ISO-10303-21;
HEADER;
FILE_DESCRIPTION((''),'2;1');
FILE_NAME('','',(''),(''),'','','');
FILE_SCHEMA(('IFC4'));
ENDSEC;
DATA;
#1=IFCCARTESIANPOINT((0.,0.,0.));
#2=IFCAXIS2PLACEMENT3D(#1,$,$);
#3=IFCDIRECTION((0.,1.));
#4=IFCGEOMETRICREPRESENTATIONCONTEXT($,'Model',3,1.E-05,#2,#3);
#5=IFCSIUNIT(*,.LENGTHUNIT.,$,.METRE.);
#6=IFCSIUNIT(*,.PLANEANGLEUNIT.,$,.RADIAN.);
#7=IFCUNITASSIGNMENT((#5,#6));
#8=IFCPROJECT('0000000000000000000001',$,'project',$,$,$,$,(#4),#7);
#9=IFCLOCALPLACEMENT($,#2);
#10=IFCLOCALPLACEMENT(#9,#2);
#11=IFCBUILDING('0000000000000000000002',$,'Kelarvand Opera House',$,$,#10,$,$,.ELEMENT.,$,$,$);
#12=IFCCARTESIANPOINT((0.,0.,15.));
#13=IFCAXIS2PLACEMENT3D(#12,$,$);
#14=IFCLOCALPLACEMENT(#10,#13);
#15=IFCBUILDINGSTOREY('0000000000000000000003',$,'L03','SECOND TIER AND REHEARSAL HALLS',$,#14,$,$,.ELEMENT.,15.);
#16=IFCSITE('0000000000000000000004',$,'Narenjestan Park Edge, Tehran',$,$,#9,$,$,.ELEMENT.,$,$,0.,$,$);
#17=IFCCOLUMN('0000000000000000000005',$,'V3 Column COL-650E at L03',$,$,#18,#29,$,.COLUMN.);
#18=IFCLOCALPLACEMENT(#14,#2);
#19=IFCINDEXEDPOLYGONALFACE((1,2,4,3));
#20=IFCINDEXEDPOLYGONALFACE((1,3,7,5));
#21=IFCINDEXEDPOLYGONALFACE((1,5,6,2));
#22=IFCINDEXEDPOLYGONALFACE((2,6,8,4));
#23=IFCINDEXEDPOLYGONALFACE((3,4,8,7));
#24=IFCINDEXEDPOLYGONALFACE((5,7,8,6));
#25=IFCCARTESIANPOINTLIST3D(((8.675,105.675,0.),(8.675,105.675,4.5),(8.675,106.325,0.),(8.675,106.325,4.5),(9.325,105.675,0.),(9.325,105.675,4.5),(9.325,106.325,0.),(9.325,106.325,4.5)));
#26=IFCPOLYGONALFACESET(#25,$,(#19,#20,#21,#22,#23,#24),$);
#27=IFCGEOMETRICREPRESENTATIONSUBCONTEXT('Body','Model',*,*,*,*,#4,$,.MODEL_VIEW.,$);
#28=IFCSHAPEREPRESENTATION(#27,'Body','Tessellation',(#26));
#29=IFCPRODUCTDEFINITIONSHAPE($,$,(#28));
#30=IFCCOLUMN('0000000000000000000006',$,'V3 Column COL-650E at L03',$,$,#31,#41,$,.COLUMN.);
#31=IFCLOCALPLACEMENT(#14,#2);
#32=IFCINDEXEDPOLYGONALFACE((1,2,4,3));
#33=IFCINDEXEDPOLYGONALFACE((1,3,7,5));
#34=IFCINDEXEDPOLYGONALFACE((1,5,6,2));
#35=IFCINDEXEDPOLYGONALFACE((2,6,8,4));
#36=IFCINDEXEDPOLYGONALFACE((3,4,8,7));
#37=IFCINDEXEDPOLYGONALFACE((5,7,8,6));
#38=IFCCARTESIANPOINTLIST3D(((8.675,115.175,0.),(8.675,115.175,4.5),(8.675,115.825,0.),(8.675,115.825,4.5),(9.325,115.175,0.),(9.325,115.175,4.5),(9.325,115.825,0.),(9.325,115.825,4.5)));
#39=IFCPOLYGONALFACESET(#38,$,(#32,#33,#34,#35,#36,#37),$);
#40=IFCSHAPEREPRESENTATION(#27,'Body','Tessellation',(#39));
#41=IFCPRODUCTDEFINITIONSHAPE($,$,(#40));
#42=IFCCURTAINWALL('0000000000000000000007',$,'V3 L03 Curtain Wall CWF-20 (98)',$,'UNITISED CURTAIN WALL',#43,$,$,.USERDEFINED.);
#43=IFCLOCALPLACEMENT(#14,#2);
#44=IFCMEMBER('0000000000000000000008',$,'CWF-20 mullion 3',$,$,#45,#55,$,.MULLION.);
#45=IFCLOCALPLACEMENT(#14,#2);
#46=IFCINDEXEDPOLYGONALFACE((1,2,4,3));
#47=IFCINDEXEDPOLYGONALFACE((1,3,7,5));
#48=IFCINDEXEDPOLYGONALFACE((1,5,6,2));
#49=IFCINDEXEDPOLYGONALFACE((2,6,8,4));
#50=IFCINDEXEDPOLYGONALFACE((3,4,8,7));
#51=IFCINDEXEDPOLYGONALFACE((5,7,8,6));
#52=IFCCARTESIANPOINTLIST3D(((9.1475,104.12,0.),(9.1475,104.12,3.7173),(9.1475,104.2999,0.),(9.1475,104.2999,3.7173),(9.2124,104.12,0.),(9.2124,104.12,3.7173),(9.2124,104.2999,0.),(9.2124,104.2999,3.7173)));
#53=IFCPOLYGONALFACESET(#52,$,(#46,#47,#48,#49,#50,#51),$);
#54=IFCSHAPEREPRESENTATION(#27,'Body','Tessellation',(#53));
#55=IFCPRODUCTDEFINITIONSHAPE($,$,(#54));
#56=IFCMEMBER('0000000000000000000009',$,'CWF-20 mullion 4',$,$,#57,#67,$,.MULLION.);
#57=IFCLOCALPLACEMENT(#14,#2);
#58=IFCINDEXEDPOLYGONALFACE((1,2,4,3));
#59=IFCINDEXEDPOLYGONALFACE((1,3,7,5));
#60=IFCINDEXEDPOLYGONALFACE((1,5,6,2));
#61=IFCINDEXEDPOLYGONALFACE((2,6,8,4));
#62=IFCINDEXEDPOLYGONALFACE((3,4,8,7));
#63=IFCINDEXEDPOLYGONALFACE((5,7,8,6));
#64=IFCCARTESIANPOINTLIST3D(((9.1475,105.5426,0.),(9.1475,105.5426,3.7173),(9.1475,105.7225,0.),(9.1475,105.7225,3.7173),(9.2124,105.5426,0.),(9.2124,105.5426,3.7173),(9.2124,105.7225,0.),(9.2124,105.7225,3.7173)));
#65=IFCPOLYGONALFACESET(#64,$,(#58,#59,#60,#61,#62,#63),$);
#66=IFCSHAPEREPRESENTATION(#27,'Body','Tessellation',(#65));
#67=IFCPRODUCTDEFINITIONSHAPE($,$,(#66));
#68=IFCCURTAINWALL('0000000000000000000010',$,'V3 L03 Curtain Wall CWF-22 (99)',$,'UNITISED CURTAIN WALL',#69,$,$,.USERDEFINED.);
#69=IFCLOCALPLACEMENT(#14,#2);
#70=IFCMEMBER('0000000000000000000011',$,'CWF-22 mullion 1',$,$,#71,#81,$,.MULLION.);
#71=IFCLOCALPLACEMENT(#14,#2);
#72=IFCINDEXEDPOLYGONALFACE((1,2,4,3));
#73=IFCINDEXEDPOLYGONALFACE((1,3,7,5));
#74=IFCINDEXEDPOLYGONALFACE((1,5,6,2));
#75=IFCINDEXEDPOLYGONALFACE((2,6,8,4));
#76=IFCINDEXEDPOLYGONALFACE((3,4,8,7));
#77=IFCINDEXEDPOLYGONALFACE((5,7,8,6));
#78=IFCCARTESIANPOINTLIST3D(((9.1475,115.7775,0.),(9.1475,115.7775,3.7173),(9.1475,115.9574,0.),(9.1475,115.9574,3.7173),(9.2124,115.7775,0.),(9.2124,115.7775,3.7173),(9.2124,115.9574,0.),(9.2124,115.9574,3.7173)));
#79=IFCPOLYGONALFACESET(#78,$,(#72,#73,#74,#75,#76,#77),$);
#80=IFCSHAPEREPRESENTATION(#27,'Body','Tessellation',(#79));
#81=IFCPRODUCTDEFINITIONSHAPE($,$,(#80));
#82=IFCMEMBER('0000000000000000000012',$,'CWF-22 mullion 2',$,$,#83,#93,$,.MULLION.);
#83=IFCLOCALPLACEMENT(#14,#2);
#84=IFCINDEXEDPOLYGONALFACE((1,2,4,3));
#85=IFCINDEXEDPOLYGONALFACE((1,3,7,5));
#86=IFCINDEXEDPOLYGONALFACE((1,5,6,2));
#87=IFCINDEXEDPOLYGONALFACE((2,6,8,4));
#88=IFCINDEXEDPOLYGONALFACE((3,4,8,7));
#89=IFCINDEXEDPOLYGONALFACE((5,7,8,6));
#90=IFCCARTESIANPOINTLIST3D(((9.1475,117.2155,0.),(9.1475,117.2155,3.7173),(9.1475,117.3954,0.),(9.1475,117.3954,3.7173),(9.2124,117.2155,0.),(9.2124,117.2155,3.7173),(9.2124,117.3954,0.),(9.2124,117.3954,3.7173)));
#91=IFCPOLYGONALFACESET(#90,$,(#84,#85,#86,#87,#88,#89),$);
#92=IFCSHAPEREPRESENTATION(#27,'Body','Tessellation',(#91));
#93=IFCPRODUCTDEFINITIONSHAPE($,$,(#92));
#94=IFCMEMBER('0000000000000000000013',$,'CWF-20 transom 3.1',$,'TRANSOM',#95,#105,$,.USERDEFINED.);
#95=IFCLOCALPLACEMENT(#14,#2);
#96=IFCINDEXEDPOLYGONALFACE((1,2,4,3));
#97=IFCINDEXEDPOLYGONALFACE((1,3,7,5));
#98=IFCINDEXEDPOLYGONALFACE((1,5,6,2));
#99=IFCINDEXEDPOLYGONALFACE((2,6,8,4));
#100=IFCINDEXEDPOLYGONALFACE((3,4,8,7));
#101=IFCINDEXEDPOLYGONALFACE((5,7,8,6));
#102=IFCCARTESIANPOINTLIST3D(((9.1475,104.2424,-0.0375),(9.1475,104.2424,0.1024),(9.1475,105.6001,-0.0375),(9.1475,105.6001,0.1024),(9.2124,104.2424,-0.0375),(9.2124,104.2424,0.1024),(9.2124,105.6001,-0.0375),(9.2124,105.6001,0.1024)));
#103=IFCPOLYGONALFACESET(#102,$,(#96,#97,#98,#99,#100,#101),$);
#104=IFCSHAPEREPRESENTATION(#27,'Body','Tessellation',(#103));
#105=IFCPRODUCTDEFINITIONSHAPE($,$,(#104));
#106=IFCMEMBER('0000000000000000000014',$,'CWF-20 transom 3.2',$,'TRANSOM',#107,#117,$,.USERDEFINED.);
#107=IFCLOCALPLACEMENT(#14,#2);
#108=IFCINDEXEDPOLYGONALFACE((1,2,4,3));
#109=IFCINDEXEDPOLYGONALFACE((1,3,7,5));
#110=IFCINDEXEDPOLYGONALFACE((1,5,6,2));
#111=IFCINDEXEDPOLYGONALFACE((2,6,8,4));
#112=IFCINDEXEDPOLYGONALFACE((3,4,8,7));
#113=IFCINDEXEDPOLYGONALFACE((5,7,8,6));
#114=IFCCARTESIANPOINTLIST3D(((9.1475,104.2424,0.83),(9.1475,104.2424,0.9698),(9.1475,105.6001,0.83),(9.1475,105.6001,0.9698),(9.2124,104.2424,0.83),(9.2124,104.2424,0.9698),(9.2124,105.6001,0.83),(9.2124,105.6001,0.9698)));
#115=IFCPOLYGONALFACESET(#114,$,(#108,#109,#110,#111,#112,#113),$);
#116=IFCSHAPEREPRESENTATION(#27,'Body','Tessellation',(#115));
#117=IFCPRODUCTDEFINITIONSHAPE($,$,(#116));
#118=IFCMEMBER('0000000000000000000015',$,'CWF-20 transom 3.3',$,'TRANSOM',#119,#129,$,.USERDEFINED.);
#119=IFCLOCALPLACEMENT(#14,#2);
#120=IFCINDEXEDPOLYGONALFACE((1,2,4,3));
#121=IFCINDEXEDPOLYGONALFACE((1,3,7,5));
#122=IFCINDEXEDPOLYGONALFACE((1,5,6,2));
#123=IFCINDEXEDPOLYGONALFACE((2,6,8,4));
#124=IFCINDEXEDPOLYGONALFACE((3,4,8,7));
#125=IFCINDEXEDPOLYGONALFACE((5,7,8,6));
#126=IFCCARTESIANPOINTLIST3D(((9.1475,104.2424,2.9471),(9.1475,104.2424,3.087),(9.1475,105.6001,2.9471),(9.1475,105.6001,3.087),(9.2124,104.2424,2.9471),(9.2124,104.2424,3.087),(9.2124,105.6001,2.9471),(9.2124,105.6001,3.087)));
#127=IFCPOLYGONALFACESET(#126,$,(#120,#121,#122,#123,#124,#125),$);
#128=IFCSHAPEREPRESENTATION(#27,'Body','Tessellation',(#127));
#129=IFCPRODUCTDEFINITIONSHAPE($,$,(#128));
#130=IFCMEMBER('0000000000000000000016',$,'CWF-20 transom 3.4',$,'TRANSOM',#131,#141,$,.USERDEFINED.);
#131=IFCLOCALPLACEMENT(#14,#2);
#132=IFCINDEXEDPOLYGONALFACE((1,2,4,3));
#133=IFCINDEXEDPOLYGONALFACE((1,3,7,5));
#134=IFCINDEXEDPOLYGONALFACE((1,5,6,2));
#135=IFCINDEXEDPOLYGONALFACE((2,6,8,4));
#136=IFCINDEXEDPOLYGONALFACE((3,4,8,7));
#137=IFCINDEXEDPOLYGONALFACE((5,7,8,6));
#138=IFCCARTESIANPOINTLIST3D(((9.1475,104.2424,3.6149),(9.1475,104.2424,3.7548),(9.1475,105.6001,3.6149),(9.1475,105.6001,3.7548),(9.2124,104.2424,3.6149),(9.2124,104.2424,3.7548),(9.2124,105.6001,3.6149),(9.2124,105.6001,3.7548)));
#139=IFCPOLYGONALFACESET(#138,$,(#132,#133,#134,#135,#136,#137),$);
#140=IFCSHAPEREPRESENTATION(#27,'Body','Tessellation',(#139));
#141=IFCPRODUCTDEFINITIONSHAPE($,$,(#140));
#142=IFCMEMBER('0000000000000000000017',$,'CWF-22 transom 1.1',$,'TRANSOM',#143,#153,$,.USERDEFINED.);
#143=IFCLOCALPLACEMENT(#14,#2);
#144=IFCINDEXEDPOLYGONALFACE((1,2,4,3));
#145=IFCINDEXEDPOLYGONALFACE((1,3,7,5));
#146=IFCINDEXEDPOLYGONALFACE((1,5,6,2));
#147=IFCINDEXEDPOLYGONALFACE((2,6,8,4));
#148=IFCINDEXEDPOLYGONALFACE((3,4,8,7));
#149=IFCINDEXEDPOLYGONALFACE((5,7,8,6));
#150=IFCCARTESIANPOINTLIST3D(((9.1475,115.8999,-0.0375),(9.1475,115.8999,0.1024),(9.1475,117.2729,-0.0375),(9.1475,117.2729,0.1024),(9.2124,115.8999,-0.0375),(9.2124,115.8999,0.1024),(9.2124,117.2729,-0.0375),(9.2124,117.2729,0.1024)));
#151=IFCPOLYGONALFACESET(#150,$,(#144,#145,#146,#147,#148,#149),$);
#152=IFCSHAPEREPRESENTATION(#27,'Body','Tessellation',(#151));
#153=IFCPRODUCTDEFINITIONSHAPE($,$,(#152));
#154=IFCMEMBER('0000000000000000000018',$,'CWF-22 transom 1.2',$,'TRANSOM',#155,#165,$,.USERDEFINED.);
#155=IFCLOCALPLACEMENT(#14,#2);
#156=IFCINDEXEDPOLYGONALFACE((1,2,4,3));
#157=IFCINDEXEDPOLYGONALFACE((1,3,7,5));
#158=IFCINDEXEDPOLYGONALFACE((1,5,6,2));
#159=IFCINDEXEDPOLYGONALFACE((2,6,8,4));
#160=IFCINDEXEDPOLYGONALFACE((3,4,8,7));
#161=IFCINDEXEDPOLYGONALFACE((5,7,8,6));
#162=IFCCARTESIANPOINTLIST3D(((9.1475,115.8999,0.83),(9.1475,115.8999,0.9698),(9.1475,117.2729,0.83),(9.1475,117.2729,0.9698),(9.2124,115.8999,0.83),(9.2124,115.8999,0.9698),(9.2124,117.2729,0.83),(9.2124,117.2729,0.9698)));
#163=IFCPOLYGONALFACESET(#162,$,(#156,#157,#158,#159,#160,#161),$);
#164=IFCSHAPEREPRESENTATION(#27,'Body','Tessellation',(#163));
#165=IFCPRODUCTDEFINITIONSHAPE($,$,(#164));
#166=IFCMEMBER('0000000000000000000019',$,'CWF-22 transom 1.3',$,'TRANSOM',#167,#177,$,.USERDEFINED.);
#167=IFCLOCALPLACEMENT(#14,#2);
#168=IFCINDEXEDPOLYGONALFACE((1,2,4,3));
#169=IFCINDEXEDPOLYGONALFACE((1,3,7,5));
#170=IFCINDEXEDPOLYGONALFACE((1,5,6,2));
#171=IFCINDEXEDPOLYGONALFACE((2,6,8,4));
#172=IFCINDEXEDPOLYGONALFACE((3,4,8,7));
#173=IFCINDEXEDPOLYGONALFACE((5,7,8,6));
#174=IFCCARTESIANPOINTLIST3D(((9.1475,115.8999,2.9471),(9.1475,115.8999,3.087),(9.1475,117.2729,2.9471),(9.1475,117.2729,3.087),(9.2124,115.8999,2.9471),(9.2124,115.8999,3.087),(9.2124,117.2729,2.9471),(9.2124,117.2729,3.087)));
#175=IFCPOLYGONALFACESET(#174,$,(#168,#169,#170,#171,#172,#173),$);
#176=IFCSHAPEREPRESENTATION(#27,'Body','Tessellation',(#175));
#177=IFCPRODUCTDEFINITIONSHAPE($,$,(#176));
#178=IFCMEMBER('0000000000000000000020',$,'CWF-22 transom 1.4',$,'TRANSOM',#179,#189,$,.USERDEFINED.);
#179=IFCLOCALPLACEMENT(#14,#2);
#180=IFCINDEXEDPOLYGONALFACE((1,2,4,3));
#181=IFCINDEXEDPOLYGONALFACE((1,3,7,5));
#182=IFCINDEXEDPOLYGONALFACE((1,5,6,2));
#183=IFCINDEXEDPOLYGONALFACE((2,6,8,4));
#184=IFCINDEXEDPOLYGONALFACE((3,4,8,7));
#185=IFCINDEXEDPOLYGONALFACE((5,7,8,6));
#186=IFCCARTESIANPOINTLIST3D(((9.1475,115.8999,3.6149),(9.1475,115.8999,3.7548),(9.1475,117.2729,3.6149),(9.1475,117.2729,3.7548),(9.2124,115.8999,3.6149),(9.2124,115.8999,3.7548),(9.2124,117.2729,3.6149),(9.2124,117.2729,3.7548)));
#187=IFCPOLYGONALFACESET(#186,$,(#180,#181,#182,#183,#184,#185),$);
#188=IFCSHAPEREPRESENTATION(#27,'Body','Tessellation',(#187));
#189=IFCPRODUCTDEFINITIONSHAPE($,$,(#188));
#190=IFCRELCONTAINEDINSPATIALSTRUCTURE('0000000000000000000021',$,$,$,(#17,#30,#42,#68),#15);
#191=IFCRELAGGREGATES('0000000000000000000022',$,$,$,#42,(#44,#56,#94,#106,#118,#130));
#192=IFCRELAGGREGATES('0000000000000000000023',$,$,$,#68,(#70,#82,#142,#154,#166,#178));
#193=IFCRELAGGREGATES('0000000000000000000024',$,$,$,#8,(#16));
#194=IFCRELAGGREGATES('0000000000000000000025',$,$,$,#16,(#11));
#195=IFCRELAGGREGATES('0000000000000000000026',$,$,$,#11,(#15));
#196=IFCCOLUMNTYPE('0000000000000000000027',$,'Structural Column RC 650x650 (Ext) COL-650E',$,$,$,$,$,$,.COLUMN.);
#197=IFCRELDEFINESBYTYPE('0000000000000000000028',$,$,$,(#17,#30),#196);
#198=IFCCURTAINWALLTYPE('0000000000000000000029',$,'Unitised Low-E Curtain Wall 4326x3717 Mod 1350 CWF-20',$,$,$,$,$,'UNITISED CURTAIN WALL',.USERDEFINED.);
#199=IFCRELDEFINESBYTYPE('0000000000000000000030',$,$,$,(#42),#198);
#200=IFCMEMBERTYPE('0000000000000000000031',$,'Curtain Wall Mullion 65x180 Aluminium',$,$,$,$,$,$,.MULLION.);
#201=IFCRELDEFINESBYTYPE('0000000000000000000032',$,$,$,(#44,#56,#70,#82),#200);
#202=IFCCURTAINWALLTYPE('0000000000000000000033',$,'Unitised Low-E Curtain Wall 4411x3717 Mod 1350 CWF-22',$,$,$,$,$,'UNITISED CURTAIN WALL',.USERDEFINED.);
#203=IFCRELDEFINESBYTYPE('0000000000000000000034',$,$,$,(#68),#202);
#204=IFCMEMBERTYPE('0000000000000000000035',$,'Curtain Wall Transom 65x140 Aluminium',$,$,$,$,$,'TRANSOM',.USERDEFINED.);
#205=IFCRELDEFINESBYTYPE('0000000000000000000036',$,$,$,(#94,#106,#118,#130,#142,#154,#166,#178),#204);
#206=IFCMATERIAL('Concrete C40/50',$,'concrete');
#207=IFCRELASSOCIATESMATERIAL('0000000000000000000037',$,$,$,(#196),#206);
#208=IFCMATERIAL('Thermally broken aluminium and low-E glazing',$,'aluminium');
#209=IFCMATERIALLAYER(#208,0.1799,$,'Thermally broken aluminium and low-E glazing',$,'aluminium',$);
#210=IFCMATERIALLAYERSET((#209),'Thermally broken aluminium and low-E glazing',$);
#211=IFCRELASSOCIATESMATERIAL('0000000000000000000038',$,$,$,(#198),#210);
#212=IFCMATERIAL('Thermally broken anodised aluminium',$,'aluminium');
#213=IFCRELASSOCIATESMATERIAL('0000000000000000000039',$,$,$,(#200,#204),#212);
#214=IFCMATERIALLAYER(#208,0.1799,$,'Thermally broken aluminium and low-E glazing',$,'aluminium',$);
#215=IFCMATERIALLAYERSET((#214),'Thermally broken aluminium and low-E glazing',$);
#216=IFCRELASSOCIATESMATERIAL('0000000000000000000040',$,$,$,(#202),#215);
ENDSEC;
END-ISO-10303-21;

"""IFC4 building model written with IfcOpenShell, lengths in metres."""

from ifc_helpers import new_model, si_unit, direction, frame, origin, origin_2d, place, context, subcontext, project, spatial, rectangle, extrude, material, layer, layer_set, material_profile, profile_set, type_object, element, aggregate, save


model = new_model("IFC4")

# Units and contexts
model_context = context("Model", 3, precision=1e-05, world=origin(), true_north=direction((0.0, 1.0)))
body_context = subcontext(model_context, "Body", "Model", "MODEL_VIEW")
ifc_project = project(units=[si_unit("LENGTHUNIT", "METRE"), si_unit("PLANEANGLEUNIT", "RADIAN")], contexts=[model_context])

# Site, building, storey
site_placement = place(None, origin())
site = spatial("IfcSite", under=ifc_project, at=site_placement, Name="Narenjestan Park Edge, Tehran", CompositionType="ELEMENT", RefElevation=0.0)
building_placement = place(site_placement, origin())
building = spatial("IfcBuilding", under=site, at=building_placement, Name="Kelarvand Opera House", CompositionType="ELEMENT")
storey_placement = place(building_placement, frame((0.0, 0.0, 15.0)))
storey = spatial("IfcBuildingStorey", under=building, at=storey_placement, Name="L03", Description="SECOND TIER AND REHEARSAL HALLS", CompositionType="ELEMENT", Elevation=15.0)

# Columns
ifc_material_1 = material(Name="Concrete C40/50", Category="concrete")
ifc_material_profile_1 = material_profile(ifc_material_1, rectangle(XDim=0.6499, YDim=0.6499, at=origin_2d()), Name="RC 650x650", Category="concrete")
ifc_profile_set_1 = profile_set([ifc_material_profile_1], Name="Concrete C40/50")
column_type = type_object("IfcColumnType", Name="Structural Column RC 650x650 (Ext) COL-650E", PredefinedType="COLUMN", material=ifc_profile_set_1)
for number, where, z_axis, x_axis, name in (
    (1, (9.0, 106.0, 0.0), (0.0, 0.0, 1.0), (1.0, 0.0, 0.0), "V3 Column COL-650E at L03"),
    (2, (9.0, 115.5, 0.0), (0.0, 0.0, 1.0), (1.0, 0.0, 0.0), "V3 Column COL-650E at L03"),
):
    element("IfcColumn", number, at=place(storey_placement, frame(where, z_axis=z_axis, x_axis=x_axis)), inside=storey, type_object=column_type, Name=name, PredefinedType="COLUMN", context=body_context, shape_type="SweptSolid", body=[
        extrude(rectangle(XDim=0.6499, YDim=0.6499, at=origin_2d()), origin(), (0.0, 0.0, 1.0), 4.5),
    ])

# Curtain walls, members
ifc_material_2 = material(Name="Thermally broken aluminium and low-E glazing", Category="aluminium")
ifc_layer_1 = layer(ifc_material_2, 0.1799, Name="Thermally broken aluminium and low-E glazing", Category="aluminium")
ifc_layer_set_1 = layer_set([ifc_layer_1], Name="Thermally broken aluminium and low-E glazing")
curtain_wall_type_1 = type_object("IfcCurtainWallType", Name="Unitised Low-E Curtain Wall 4326x3717 Mod 1350 CWF-20", ElementType="UNITISED CURTAIN WALL", PredefinedType="USERDEFINED", material=ifc_layer_set_1)
curtain_wall_1_placement = place(storey_placement, origin())
curtain_wall_1 = element("IfcCurtainWall", 3, at=curtain_wall_1_placement, inside=storey, type_object=curtain_wall_type_1, Name="V3 L03 Curtain Wall CWF-20 (98)", ObjectType="UNITISED CURTAIN WALL", PredefinedType="USERDEFINED")
ifc_material_3 = material(Name="Thermally broken anodised aluminium", Category="aluminium")
ifc_material_profile_2 = material_profile(ifc_material_3, rectangle(XDim=0.0649, YDim=0.1799, at=origin_2d()), Name="ALU MULLION 65x180", Category="aluminium")
ifc_profile_set_2 = profile_set([ifc_material_profile_2], Name="Thermally broken anodised aluminium")
member_type_1 = type_object("IfcMemberType", Name="Curtain Wall Mullion 65x180 Aluminium", PredefinedType="MULLION", material=ifc_profile_set_2)
member_1_placement = place(storey_placement, frame((9.1799, 104.21, 0.0), z_axis=(0.0, 0.0, 1.0), x_axis=(-1.0, 0.0, 0.0)))
member_1 = element("IfcMember", 4, at=member_1_placement, type_object=member_type_1, Name="CWF-20 mullion 3", PredefinedType="MULLION", context=body_context, shape_type="SweptSolid", body=[
    extrude(rectangle(XDim=0.0649, YDim=0.1799, at=origin_2d()), origin(), (0.0, 0.0, 1.0), 3.7173),
])
member_2_placement = place(storey_placement, frame((9.1799, 105.6326, 0.0), z_axis=(0.0, 0.0, 1.0), x_axis=(-1.0, 0.0, 0.0)))
member_2 = element("IfcMember", 5, at=member_2_placement, type_object=member_type_1, Name="CWF-20 mullion 4", PredefinedType="MULLION", context=body_context, shape_type="SweptSolid", body=[
    extrude(rectangle(XDim=0.0649, YDim=0.1799, at=origin_2d()), origin(), (0.0, 0.0, 1.0), 3.7173),
])
ifc_layer_2 = layer(ifc_material_2, 0.1799, Name="Thermally broken aluminium and low-E glazing", Category="aluminium")
ifc_layer_set_2 = layer_set([ifc_layer_2], Name="Thermally broken aluminium and low-E glazing")
curtain_wall_type_2 = type_object("IfcCurtainWallType", Name="Unitised Low-E Curtain Wall 4411x3717 Mod 1350 CWF-22", ElementType="UNITISED CURTAIN WALL", PredefinedType="USERDEFINED", material=ifc_layer_set_2)
curtain_wall_2_placement = place(storey_placement, origin())
curtain_wall_2 = element("IfcCurtainWall", 6, at=curtain_wall_2_placement, inside=storey, type_object=curtain_wall_type_2, Name="V3 L03 Curtain Wall CWF-22 (99)", ObjectType="UNITISED CURTAIN WALL", PredefinedType="USERDEFINED")
member_3_placement = place(storey_placement, frame((9.1799, 115.8674, 0.0), z_axis=(0.0, 0.0, 1.0), x_axis=(-1.0, 0.0, 0.0)))
member_3 = element("IfcMember", 7, at=member_3_placement, type_object=member_type_1, Name="CWF-22 mullion 1", PredefinedType="MULLION", context=body_context, shape_type="SweptSolid", body=[
    extrude(rectangle(XDim=0.0649, YDim=0.1799, at=origin_2d()), origin(), (0.0, 0.0, 1.0), 3.7173),
])
member_4_placement = place(storey_placement, frame((9.1799, 117.3054, 0.0), z_axis=(0.0, 0.0, 1.0), x_axis=(-1.0, 0.0, 0.0)))
member_4 = element("IfcMember", 8, at=member_4_placement, type_object=member_type_1, Name="CWF-22 mullion 2", PredefinedType="MULLION", context=body_context, shape_type="SweptSolid", body=[
    extrude(rectangle(XDim=0.0649, YDim=0.1799, at=origin_2d()), origin(), (0.0, 0.0, 1.0), 3.7173),
])

# Members
ifc_material_profile_3 = material_profile(ifc_material_3, rectangle(XDim=0.0649, YDim=0.1399, at=origin_2d()), Name="ALU TRANSOM 65x140", Category="aluminium")
ifc_profile_set_3 = profile_set([ifc_material_profile_3], Name="Thermally broken anodised aluminium")
member_type_2 = type_object("IfcMemberType", Name="Curtain Wall Transom 65x140 Aluminium", ElementType="TRANSOM", PredefinedType="USERDEFINED", material=ifc_profile_set_3)
member_5_placement = place(storey_placement, frame((9.1799, 104.2424, 0.0325), z_axis=(0.0, 1.0, 0.0), x_axis=(-1.0, 0.0, 0.0)))
member_5 = element("IfcMember", 9, at=member_5_placement, type_object=member_type_2, Name="CWF-20 transom 3.1", ObjectType="TRANSOM", PredefinedType="USERDEFINED", context=body_context, shape_type="SweptSolid", body=[
    extrude(rectangle(XDim=0.0649, YDim=0.1399, at=origin_2d()), origin(), (0.0, 0.0, 1.0), 1.3577),
])
member_6_placement = place(storey_placement, frame((9.1799, 104.2424, 0.8999), z_axis=(0.0, 1.0, 0.0), x_axis=(-1.0, 0.0, 0.0)))
member_6 = element("IfcMember", 10, at=member_6_placement, type_object=member_type_2, Name="CWF-20 transom 3.2", ObjectType="TRANSOM", PredefinedType="USERDEFINED", context=body_context, shape_type="SweptSolid", body=[
    extrude(rectangle(XDim=0.0649, YDim=0.1399, at=origin_2d()), origin(), (0.0, 0.0, 1.0), 1.3577),
])
member_7_placement = place(storey_placement, frame((9.1799, 104.2424, 3.0171), z_axis=(0.0, 1.0, 0.0), x_axis=(-1.0, 0.0, 0.0)))
member_7 = element("IfcMember", 11, at=member_7_placement, type_object=member_type_2, Name="CWF-20 transom 3.3", ObjectType="TRANSOM", PredefinedType="USERDEFINED", context=body_context, shape_type="SweptSolid", body=[
    extrude(rectangle(XDim=0.0649, YDim=0.1399, at=origin_2d()), origin(), (0.0, 0.0, 1.0), 1.3577),
])
member_8_placement = place(storey_placement, frame((9.1799, 104.2424, 3.6848), z_axis=(0.0, 1.0, 0.0), x_axis=(-1.0, 0.0, 0.0)))
member_8 = element("IfcMember", 12, at=member_8_placement, type_object=member_type_2, Name="CWF-20 transom 3.4", ObjectType="TRANSOM", PredefinedType="USERDEFINED", context=body_context, shape_type="SweptSolid", body=[
    extrude(rectangle(XDim=0.0649, YDim=0.1399, at=origin_2d()), origin(), (0.0, 0.0, 1.0), 1.3577),
])
member_9_placement = place(storey_placement, frame((9.1799, 115.8999, 0.0325), z_axis=(0.0, 1.0, 0.0), x_axis=(-1.0, 0.0, 0.0)))
member_9 = element("IfcMember", 13, at=member_9_placement, type_object=member_type_2, Name="CWF-22 transom 1.1", ObjectType="TRANSOM", PredefinedType="USERDEFINED", context=body_context, shape_type="SweptSolid", body=[
    extrude(rectangle(XDim=0.0649, YDim=0.1399, at=origin_2d()), origin(), (0.0, 0.0, 1.0), 1.373),
])
member_10_placement = place(storey_placement, frame((9.1799, 115.8999, 0.8999), z_axis=(0.0, 1.0, 0.0), x_axis=(-1.0, 0.0, 0.0)))
member_10 = element("IfcMember", 14, at=member_10_placement, type_object=member_type_2, Name="CWF-22 transom 1.2", ObjectType="TRANSOM", PredefinedType="USERDEFINED", context=body_context, shape_type="SweptSolid", body=[
    extrude(rectangle(XDim=0.0649, YDim=0.1399, at=origin_2d()), origin(), (0.0, 0.0, 1.0), 1.373),
])
member_11_placement = place(storey_placement, frame((9.1799, 115.8999, 3.0171), z_axis=(0.0, 1.0, 0.0), x_axis=(-1.0, 0.0, 0.0)))
member_11 = element("IfcMember", 15, at=member_11_placement, type_object=member_type_2, Name="CWF-22 transom 1.3", ObjectType="TRANSOM", PredefinedType="USERDEFINED", context=body_context, shape_type="SweptSolid", body=[
    extrude(rectangle(XDim=0.0649, YDim=0.1399, at=origin_2d()), origin(), (0.0, 0.0, 1.0), 1.373),
])
member_12_placement = place(storey_placement, frame((9.1799, 115.8999, 3.6848), z_axis=(0.0, 1.0, 0.0), x_axis=(-1.0, 0.0, 0.0)))
member_12 = element("IfcMember", 16, at=member_12_placement, type_object=member_type_2, Name="CWF-22 transom 1.4", ObjectType="TRANSOM", PredefinedType="USERDEFINED", context=body_context, shape_type="SweptSolid", body=[
    extrude(rectangle(XDim=0.0649, YDim=0.1399, at=origin_2d()), origin(), (0.0, 0.0, 1.0), 1.373),
])

aggregate(curtain_wall_1, [member_1, member_2, member_5, member_6, member_7, member_8])
aggregate(curtain_wall_2, [member_3, member_4, member_9, member_10, member_11, member_12])

save(model, "model.ifc")
